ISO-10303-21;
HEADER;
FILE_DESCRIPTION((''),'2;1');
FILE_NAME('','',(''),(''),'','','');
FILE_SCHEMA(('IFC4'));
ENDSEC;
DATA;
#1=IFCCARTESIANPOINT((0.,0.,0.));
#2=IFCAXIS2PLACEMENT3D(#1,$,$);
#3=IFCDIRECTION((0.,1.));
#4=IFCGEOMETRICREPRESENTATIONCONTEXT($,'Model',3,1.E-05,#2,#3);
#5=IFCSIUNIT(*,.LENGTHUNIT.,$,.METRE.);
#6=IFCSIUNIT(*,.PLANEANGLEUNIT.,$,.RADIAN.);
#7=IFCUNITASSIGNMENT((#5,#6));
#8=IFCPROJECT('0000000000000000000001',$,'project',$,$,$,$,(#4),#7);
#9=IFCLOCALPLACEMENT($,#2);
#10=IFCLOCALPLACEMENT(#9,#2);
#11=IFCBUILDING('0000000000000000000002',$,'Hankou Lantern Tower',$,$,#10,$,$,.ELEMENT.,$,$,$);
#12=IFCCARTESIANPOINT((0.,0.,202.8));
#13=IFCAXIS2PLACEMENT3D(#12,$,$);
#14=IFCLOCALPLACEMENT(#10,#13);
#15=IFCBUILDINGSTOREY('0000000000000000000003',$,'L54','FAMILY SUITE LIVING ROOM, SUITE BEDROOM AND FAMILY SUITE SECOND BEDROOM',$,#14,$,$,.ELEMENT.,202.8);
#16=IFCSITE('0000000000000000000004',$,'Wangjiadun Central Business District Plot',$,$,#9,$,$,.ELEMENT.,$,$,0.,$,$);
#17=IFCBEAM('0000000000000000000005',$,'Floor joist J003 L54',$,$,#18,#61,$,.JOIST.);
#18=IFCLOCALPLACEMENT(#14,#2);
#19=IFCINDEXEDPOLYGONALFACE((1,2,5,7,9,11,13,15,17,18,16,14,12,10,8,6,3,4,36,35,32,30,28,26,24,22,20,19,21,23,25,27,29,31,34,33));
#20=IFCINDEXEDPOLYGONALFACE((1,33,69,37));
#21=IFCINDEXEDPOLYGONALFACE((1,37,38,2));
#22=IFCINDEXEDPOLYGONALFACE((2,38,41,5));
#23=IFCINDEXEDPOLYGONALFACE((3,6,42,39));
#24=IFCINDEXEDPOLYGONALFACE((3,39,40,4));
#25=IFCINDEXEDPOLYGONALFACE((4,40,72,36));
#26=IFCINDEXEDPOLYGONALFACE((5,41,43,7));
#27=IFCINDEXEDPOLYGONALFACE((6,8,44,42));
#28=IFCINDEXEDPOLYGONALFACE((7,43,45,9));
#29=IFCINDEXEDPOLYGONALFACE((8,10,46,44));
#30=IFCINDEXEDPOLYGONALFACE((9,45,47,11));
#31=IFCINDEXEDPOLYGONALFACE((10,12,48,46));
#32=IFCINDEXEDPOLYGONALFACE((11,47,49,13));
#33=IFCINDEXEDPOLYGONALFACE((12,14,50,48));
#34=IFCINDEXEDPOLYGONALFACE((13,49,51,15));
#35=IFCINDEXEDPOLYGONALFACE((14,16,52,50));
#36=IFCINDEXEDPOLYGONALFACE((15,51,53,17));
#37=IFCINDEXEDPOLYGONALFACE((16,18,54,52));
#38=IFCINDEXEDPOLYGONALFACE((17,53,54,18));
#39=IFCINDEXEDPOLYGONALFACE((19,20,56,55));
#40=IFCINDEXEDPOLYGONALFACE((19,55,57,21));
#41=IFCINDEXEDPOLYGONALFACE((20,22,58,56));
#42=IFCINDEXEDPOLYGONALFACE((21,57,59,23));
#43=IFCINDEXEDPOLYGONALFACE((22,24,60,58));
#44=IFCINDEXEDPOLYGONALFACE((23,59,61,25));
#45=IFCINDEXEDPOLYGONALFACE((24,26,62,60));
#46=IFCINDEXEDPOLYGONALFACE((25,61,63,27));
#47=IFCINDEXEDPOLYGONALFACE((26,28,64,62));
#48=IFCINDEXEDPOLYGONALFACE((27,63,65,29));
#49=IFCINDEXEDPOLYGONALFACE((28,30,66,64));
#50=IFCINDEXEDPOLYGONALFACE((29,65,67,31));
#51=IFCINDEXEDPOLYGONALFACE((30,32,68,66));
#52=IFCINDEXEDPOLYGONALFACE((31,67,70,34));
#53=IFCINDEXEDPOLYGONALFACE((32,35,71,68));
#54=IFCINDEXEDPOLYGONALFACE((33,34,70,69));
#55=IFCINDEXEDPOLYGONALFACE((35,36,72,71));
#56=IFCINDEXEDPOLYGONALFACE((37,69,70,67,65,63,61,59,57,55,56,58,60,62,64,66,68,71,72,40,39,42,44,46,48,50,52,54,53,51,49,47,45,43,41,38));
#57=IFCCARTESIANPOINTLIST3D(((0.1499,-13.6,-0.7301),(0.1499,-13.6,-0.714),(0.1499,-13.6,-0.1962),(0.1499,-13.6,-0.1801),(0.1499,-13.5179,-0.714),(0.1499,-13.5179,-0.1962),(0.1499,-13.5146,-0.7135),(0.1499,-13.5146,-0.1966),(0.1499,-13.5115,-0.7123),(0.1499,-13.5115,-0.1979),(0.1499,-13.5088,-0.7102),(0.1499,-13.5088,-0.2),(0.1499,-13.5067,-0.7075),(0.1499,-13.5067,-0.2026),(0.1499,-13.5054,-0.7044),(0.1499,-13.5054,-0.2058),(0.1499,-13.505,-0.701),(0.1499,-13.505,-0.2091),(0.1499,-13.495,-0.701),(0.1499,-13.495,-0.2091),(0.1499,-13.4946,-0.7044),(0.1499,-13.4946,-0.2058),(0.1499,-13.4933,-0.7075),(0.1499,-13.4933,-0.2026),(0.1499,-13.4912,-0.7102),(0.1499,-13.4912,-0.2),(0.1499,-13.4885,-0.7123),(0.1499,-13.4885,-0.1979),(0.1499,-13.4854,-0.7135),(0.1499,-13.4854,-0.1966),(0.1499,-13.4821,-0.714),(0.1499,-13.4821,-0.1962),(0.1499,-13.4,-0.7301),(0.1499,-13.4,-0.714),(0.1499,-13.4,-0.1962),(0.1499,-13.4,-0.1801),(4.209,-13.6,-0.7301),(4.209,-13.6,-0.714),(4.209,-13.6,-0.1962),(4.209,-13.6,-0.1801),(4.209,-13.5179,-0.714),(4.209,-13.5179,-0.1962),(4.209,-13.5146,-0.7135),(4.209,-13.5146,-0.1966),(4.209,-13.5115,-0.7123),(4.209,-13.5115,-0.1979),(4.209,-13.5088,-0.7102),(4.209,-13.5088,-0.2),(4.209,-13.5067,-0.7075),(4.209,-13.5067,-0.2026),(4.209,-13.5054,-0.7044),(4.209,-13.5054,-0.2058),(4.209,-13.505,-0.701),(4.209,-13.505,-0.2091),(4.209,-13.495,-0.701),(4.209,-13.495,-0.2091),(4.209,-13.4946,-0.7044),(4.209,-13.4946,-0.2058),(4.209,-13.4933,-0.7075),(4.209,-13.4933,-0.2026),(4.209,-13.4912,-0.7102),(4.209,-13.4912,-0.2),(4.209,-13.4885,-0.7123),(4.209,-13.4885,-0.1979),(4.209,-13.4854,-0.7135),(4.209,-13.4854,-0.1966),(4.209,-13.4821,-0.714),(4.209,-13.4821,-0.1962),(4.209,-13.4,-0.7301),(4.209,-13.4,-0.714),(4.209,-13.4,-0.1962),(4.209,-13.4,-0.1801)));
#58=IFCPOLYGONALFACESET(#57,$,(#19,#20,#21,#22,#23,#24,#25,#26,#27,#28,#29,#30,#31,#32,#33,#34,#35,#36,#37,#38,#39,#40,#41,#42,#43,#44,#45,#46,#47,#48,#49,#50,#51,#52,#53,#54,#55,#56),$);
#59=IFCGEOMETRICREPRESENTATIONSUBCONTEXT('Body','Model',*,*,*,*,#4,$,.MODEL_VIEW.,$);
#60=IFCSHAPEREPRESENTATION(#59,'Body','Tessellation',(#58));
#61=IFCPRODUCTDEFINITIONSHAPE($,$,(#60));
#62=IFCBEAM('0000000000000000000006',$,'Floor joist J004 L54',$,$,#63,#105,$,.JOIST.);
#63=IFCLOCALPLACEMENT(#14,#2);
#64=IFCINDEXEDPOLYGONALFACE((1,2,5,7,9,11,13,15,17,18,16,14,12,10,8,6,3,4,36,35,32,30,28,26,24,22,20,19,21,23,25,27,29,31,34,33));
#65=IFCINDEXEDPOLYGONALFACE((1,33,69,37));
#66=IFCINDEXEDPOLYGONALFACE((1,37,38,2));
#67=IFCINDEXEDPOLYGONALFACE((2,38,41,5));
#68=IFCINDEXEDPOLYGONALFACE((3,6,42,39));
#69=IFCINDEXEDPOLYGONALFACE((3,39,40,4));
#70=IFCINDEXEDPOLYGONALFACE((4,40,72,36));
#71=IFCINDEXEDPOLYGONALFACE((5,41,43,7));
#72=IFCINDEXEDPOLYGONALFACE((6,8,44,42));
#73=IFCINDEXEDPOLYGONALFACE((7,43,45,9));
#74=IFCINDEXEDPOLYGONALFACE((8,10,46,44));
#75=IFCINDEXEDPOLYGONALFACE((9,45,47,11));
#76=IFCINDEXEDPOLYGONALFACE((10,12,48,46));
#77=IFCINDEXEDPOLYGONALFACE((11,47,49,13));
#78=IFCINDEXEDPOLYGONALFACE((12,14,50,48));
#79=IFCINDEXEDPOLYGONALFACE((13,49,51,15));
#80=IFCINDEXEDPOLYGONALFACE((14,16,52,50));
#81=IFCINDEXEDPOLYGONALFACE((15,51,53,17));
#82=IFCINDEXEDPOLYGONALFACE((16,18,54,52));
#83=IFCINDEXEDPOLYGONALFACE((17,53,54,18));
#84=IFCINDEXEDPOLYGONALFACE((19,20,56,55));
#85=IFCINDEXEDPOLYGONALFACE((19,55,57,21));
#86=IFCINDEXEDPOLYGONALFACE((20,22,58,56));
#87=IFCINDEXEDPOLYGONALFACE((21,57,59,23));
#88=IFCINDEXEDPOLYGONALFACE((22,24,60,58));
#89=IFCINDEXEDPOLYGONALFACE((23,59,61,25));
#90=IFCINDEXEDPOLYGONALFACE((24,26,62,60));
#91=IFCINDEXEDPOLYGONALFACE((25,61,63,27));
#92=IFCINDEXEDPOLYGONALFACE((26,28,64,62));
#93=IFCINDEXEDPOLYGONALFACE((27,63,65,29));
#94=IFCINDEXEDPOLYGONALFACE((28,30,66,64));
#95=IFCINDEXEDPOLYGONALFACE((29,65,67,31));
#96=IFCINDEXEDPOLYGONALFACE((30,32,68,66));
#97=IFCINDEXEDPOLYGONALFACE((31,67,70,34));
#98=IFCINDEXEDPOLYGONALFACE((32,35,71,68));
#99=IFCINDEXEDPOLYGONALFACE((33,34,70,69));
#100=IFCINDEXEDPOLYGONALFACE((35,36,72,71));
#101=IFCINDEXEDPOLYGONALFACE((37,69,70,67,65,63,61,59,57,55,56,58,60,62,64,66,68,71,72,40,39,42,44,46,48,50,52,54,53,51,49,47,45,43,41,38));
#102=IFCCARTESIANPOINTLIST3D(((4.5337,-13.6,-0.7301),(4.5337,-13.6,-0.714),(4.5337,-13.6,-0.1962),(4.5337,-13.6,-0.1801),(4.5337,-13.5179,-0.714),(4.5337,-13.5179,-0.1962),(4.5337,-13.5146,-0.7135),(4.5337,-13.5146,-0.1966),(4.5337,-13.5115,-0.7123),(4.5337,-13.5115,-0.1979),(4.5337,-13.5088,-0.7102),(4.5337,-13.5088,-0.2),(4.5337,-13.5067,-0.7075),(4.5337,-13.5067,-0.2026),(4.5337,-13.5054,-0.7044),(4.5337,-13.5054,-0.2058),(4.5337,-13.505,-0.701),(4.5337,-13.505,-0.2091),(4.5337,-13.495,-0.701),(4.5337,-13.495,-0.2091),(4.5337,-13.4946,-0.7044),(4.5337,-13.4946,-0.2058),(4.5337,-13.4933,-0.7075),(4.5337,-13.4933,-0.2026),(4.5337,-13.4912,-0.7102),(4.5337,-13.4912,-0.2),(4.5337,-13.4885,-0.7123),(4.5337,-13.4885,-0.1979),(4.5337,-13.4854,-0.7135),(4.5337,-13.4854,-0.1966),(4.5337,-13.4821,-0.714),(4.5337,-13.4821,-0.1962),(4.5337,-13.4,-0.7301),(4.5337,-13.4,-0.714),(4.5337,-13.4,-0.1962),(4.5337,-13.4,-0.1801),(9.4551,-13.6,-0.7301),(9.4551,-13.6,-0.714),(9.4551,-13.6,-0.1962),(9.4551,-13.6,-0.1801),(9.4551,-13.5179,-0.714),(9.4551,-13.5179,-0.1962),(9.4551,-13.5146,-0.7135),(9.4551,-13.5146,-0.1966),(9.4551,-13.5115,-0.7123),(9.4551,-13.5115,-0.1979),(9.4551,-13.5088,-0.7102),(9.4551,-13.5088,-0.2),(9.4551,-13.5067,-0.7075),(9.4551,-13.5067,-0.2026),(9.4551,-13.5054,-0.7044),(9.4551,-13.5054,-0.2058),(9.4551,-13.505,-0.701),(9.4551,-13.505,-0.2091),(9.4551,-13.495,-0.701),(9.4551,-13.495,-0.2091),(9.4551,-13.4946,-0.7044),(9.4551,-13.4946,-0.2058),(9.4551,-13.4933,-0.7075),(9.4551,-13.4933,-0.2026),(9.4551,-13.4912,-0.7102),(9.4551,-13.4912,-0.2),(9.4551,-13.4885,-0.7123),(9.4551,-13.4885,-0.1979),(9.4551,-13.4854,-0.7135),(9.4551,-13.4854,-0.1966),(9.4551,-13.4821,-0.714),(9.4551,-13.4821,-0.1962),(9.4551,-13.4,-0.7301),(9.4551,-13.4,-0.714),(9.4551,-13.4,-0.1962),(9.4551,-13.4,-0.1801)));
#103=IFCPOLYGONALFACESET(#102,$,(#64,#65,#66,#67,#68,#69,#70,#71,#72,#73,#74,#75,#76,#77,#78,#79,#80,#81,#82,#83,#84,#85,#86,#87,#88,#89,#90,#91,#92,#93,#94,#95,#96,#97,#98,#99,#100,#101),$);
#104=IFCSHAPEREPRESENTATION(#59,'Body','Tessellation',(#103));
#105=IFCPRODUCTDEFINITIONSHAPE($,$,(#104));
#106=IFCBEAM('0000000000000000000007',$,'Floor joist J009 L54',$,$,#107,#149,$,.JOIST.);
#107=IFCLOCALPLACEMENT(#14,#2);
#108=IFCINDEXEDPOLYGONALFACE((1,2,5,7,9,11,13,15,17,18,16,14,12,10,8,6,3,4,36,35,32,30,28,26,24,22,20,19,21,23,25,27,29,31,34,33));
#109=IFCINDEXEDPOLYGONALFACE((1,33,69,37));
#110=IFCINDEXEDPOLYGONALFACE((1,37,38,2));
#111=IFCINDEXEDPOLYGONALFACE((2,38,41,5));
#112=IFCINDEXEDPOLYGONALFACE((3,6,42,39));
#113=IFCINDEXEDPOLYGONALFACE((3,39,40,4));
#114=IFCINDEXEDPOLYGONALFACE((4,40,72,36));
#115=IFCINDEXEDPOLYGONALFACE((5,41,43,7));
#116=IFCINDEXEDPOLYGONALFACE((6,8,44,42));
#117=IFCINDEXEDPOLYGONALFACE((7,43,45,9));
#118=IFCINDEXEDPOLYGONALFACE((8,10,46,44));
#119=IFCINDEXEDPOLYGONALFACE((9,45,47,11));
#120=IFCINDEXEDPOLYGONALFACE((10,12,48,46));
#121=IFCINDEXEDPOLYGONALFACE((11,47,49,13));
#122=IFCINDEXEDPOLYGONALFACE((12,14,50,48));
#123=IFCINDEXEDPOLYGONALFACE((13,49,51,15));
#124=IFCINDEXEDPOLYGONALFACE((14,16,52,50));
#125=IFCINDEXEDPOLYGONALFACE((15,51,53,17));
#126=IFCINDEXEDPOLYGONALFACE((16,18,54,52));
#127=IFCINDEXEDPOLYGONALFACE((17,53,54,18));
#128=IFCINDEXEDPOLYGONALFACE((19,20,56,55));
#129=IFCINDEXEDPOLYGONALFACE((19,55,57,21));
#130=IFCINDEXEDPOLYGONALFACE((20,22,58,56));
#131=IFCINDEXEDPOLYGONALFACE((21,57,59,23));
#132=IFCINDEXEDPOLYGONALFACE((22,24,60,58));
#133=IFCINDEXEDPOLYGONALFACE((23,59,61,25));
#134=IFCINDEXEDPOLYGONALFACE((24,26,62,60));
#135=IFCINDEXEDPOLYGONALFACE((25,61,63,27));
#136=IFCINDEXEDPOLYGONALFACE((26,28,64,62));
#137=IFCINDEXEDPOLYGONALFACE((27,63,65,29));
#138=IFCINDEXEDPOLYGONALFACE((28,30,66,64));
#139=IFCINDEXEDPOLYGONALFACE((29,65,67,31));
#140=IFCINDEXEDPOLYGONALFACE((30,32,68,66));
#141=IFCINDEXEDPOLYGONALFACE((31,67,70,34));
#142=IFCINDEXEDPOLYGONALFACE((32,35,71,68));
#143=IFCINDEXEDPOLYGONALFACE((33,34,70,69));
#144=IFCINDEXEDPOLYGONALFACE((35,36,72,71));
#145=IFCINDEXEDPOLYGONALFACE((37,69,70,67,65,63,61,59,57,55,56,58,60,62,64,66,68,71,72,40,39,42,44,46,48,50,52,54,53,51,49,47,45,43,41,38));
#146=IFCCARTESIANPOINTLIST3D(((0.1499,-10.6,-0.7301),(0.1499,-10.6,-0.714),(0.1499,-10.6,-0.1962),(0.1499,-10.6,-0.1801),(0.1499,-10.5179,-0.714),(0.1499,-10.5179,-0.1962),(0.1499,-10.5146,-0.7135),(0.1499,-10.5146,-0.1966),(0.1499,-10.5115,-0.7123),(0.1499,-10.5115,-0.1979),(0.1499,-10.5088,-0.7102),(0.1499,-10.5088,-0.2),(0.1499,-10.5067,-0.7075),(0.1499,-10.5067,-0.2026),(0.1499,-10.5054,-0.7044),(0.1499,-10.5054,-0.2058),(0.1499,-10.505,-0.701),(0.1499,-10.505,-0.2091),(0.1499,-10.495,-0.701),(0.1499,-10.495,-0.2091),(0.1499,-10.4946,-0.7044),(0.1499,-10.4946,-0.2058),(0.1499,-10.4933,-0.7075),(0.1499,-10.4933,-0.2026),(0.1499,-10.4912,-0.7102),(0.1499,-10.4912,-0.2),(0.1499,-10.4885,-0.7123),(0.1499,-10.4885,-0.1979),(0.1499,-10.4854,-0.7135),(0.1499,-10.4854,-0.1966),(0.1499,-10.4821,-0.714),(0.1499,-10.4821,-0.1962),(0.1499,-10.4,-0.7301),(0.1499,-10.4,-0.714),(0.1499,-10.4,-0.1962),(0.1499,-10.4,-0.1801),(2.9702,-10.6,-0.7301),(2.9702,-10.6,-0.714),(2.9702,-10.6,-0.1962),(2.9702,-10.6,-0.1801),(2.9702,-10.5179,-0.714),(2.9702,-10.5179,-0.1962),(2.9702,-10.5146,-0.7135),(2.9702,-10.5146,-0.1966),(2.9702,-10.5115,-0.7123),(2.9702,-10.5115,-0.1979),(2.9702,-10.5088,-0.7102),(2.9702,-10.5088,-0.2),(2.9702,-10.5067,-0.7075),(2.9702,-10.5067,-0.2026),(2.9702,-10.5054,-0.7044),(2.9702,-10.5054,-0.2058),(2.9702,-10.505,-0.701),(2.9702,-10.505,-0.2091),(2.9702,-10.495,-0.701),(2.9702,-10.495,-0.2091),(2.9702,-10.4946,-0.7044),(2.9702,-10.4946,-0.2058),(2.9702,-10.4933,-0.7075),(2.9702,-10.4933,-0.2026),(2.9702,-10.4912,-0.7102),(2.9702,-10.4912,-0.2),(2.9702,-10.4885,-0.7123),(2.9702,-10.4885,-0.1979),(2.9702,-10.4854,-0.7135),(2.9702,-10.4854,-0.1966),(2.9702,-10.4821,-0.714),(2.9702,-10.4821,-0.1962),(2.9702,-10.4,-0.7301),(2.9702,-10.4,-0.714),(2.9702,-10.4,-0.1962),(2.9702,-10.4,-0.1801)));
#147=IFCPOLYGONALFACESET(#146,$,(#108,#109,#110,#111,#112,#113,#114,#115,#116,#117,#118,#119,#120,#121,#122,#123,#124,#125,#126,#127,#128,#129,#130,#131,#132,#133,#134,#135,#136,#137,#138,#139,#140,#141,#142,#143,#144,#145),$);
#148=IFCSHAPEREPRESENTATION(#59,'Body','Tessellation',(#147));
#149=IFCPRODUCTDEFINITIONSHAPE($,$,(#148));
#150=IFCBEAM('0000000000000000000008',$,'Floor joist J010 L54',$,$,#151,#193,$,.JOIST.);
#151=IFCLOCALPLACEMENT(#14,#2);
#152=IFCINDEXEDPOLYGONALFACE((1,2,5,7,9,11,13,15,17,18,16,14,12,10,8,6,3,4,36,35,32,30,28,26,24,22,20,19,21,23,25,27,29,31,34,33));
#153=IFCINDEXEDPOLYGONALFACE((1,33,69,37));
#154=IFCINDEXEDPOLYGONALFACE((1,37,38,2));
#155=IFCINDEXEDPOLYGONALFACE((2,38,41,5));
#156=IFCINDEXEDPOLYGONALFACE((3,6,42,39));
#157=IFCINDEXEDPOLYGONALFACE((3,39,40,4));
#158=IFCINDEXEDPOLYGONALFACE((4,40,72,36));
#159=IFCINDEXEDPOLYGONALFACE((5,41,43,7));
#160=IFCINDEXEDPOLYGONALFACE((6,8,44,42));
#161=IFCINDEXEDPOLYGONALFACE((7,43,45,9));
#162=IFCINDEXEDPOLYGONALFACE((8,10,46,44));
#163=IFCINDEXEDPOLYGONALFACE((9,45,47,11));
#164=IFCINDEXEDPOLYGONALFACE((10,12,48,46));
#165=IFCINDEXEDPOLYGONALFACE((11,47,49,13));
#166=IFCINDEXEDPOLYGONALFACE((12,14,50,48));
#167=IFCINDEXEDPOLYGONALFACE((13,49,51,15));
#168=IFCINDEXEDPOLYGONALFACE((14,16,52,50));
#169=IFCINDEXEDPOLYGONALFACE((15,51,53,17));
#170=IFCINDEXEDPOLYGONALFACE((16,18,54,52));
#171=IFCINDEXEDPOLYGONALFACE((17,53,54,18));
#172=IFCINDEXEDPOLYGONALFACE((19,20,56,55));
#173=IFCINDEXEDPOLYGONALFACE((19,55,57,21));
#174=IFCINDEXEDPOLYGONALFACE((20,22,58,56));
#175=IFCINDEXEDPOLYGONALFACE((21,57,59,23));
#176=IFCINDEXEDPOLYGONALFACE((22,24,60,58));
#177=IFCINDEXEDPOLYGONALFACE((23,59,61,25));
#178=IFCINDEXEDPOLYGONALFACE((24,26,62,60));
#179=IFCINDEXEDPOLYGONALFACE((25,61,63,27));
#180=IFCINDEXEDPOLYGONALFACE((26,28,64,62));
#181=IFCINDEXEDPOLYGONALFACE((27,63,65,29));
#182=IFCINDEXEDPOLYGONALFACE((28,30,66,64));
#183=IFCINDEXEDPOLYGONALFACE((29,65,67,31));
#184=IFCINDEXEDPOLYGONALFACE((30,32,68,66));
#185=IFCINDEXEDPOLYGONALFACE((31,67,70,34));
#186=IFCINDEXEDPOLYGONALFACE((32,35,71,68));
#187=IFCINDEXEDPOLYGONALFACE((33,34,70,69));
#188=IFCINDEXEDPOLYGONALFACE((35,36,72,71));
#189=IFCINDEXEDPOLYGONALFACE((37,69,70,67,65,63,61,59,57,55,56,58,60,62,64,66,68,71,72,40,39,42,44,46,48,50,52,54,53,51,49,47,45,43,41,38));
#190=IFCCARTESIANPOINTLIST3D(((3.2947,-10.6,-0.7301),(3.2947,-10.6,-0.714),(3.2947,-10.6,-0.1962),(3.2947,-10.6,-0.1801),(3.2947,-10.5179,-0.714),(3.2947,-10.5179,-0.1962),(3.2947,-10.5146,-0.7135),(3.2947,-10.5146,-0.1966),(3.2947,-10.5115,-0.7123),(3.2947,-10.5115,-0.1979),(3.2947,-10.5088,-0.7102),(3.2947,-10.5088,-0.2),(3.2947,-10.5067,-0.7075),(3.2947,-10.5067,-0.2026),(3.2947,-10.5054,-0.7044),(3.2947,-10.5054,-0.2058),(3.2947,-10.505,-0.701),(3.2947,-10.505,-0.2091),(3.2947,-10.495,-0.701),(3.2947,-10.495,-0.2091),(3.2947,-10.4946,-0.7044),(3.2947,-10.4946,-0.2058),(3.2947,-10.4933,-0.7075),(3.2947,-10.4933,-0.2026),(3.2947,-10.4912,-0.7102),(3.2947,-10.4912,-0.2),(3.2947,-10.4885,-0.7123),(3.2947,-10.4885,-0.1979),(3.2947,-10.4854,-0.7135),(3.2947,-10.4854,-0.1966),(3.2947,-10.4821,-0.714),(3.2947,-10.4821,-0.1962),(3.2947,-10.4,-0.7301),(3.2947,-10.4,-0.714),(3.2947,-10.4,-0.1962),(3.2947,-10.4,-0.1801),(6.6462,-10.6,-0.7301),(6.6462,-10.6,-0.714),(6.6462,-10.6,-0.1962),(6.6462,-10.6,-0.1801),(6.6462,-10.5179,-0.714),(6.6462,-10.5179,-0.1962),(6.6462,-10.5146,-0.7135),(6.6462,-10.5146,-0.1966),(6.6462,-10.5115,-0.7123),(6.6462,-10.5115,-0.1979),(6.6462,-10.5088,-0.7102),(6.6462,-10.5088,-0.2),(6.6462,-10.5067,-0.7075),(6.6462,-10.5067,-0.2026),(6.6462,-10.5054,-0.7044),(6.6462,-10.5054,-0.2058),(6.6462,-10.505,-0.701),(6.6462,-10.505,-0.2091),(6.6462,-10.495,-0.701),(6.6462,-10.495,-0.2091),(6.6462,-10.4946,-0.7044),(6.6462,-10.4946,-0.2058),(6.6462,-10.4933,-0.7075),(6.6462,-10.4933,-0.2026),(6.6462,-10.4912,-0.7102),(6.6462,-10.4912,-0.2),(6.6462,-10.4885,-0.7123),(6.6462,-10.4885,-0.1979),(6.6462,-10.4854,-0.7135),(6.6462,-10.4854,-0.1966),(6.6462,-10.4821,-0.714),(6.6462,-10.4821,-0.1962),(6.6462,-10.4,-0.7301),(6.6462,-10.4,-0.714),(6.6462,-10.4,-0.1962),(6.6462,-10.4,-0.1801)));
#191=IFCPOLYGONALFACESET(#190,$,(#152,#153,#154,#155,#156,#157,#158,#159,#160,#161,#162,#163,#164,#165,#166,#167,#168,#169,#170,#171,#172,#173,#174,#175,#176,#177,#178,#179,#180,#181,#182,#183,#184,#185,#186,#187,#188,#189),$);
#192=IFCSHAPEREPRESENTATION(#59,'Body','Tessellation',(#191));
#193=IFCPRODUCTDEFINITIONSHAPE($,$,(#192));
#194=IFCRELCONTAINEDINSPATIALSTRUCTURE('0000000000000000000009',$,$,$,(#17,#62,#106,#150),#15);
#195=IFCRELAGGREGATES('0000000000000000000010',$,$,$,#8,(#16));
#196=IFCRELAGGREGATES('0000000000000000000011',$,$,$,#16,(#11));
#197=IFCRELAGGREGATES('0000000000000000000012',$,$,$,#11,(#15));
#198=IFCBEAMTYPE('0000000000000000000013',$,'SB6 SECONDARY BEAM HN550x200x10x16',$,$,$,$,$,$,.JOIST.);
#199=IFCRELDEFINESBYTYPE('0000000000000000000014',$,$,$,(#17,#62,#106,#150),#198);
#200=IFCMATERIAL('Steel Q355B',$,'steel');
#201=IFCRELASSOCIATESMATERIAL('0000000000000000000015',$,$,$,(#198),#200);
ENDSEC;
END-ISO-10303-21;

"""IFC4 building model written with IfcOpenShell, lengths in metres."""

from ifc_helpers import new_model, si_unit, direction, frame, origin, origin_2d, place, context, subcontext, project, spatial, i_section, extrude, material, material_profile, profile_set, type_object, element, save


model = new_model("IFC4")

# Units and contexts
model_context = context("Model", 3, precision=1e-05, world=origin(), true_north=direction((0.0, 1.0)))
body_context = subcontext(model_context, "Body", "Model", "MODEL_VIEW")
ifc_project = project(units=[si_unit("LENGTHUNIT", "METRE"), si_unit("PLANEANGLEUNIT", "RADIAN")], contexts=[model_context])

# Site, building, storey
site_placement = place(None, origin())
site = spatial("IfcSite", under=ifc_project, at=site_placement, Name="Wangjiadun Central Business District Plot", CompositionType="ELEMENT", RefElevation=0.0)
building_placement = place(site_placement, origin())
building = spatial("IfcBuilding", under=site, at=building_placement, Name="Hankou Lantern Tower", CompositionType="ELEMENT")
storey_placement = place(building_placement, frame((0.0, 0.0, 202.8)))
storey = spatial("IfcBuildingStorey", under=building, at=storey_placement, Name="L54", Description="FAMILY SUITE LIVING ROOM, SUITE BEDROOM AND FAMILY SUITE SECOND BEDROOM", CompositionType="ELEMENT", Elevation=202.8)

# Beams
ifc_material_1 = material(Name="Steel Q355B", Category="steel")
ifc_material_profile_1 = material_profile(ifc_material_1, i_section(OverallWidth=0.2, OverallDepth=0.55, WebThickness=0.01, FlangeThickness=0.0161, FilletRadius=0.0129, at=origin_2d()), Name="HN550x200x10x16")
ifc_profile_set_1 = profile_set([ifc_material_profile_1], Name="Steel Q355B")
beam_type_1 = type_object("IfcBeamType", Name="SB6 SECONDARY BEAM HN550x200x10x16", PredefinedType="JOIST", material=ifc_profile_set_1)
beam_1_placement = place(storey_placement, frame((0.1499, -13.5, -0.4551), z_axis=(1.0, 0.0, 0.0), x_axis=(0.0, 1.0, 0.0)))
element("IfcBeam", 1, at=beam_1_placement, inside=storey, type_object=beam_type_1, Name="Floor joist J003 L54", PredefinedType="JOIST", context=body_context, shape_type="SweptSolid", body=[
    extrude(i_section(OverallWidth=0.2, OverallDepth=0.55, WebThickness=0.01, FlangeThickness=0.0161, FilletRadius=0.0129, at=origin_2d()), origin(), (0.0, 0.0, 1.0), 4.0591),
])
beam_2_placement = place(storey_placement, frame((4.5337, -13.5, -0.4551), z_axis=(1.0, 0.0, 0.0), x_axis=(0.0, 1.0, 0.0)))
element("IfcBeam", 2, at=beam_2_placement, inside=storey, type_object=beam_type_1, Name="Floor joist J004 L54", PredefinedType="JOIST", context=body_context, shape_type="SweptSolid", body=[
    extrude(i_section(OverallWidth=0.2, OverallDepth=0.55, WebThickness=0.01, FlangeThickness=0.0161, FilletRadius=0.0129, at=origin_2d()), origin(), (0.0, 0.0, 1.0), 4.9214),
])
beam_3_placement = place(storey_placement, frame((0.1499, -10.5, -0.4551), z_axis=(1.0, 0.0, 0.0), x_axis=(0.0, 1.0, 0.0)))
element("IfcBeam", 3, at=beam_3_placement, inside=storey, type_object=beam_type_1, Name="Floor joist J009 L54", PredefinedType="JOIST", context=body_context, shape_type="SweptSolid", body=[
    extrude(i_section(OverallWidth=0.2, OverallDepth=0.55, WebThickness=0.01, FlangeThickness=0.0161, FilletRadius=0.0129, at=origin_2d()), origin(), (0.0, 0.0, 1.0), 2.8203),
])
beam_4_placement = place(storey_placement, frame((3.2947, -10.5, -0.4551), z_axis=(1.0, 0.0, 0.0), x_axis=(0.0, 1.0, 0.0)))
element("IfcBeam", 4, at=beam_4_placement, inside=storey, type_object=beam_type_1, Name="Floor joist J010 L54", PredefinedType="JOIST", context=body_context, shape_type="SweptSolid", body=[
    extrude(i_section(OverallWidth=0.2, OverallDepth=0.55, WebThickness=0.01, FlangeThickness=0.0161, FilletRadius=0.0129, at=origin_2d()), origin(), (0.0, 0.0, 1.0), 3.3516),
])

save(model, "model.ifc")
